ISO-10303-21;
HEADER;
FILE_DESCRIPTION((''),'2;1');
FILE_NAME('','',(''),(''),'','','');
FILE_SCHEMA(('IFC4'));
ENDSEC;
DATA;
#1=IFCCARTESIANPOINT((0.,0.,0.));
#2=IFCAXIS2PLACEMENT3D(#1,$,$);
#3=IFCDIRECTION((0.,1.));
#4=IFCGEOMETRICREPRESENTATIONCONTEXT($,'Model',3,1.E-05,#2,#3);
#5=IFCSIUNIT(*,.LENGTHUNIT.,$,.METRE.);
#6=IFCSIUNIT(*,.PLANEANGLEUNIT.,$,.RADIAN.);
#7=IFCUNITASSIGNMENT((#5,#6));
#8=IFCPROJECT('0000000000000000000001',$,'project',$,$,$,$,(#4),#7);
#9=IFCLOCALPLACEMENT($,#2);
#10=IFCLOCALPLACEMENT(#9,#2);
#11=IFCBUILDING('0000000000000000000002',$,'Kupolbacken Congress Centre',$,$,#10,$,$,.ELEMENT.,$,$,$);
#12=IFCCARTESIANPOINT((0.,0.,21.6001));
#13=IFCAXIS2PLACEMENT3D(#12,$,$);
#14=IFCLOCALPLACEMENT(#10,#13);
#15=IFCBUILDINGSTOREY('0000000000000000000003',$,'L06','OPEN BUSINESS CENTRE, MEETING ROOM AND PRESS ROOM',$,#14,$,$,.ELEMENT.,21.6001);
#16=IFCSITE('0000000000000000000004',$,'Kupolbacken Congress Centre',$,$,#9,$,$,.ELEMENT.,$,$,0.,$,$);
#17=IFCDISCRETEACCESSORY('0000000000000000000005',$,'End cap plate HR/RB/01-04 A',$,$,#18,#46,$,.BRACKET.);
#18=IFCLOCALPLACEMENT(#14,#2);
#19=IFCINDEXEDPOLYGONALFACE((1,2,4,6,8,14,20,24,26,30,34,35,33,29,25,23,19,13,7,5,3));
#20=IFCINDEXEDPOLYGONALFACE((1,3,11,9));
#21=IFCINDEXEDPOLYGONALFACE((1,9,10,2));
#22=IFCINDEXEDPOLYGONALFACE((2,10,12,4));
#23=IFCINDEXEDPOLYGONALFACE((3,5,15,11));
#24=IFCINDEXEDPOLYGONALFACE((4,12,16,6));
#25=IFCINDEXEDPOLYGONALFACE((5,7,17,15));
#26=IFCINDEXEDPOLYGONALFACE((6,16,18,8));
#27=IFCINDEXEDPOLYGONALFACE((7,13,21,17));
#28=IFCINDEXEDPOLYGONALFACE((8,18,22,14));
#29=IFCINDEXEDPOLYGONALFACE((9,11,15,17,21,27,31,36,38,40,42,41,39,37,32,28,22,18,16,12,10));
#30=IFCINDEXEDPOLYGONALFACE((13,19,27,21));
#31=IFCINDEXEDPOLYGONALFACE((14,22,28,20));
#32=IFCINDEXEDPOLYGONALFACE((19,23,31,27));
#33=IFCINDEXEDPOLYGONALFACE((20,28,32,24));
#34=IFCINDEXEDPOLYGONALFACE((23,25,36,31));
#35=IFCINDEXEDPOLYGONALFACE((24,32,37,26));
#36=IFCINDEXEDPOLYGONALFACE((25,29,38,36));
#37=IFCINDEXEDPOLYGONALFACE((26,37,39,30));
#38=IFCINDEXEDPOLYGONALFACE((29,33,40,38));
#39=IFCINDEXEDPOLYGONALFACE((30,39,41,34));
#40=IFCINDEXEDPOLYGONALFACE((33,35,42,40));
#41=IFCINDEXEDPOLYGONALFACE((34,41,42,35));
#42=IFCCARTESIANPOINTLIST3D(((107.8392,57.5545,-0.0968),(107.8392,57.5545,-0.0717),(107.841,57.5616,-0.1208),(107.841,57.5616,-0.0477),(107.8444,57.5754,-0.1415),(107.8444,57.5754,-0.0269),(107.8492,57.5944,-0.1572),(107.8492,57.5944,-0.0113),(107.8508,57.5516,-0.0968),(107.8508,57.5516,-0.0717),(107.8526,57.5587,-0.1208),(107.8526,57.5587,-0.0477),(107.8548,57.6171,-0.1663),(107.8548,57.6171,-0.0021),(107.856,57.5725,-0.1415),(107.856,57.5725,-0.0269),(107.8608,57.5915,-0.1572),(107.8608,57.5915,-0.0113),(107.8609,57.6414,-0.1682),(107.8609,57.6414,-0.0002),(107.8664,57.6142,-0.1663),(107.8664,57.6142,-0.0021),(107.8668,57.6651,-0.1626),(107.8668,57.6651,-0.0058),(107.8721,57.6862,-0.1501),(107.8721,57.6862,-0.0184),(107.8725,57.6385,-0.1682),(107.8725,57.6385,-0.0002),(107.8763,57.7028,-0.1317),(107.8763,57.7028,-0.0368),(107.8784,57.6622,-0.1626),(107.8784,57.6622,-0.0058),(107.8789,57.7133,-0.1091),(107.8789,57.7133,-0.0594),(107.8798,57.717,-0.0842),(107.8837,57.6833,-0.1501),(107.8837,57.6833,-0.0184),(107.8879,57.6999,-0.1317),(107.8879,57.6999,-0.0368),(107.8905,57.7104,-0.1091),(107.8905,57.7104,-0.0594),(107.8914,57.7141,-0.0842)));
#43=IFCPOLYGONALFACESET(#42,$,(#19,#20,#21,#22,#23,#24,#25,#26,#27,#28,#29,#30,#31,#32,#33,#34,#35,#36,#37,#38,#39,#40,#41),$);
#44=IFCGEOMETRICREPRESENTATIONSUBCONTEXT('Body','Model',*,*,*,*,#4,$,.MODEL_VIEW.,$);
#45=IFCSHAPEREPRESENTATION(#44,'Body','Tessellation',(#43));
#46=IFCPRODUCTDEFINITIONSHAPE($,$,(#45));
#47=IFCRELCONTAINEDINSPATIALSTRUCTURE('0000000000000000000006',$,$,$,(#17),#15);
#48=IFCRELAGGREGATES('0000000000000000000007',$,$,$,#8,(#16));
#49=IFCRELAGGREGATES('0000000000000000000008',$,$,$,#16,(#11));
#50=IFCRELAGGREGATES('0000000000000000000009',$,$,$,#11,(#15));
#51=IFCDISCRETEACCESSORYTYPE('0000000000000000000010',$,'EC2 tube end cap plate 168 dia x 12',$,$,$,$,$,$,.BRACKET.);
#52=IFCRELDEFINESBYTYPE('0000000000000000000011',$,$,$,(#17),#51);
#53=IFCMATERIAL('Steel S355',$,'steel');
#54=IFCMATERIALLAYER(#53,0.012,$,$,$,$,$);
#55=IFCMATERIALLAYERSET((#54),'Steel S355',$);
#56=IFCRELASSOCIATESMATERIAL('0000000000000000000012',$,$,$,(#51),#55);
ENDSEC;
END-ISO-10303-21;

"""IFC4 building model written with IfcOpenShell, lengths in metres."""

from ifc_helpers import new_model, si_unit, direction, frame, origin, origin_2d, place, context, subcontext, project, spatial, circle, extrude, material, layer, layer_set, type_object, element, save


model = new_model("IFC4")

# Units and contexts
model_context = context("Model", 3, precision=1e-05, world=origin(), true_north=direction((0.0, 1.0)))
body_context = subcontext(model_context, "Body", "Model", "MODEL_VIEW")
ifc_project = project(units=[si_unit("LENGTHUNIT", "METRE"), si_unit("PLANEANGLEUNIT", "RADIAN")], contexts=[model_context])

# Site, building, storey
site_placement = place(None, origin())
site = spatial("IfcSite", under=ifc_project, at=site_placement, Name="Kupolbacken Congress Centre", CompositionType="ELEMENT", RefElevation=0.0)
building_placement = place(site_placement, origin())
building = spatial("IfcBuilding", under=site, at=building_placement, Name="Kupolbacken Congress Centre", CompositionType="ELEMENT")
storey_placement = place(building_placement, frame((0.0, 0.0, 21.6001)))
storey = spatial("IfcBuildingStorey", under=building, at=storey_placement, Name="L06", Description="OPEN BUSINESS CENTRE, MEETING ROOM AND PRESS ROOM", CompositionType="ELEMENT", Elevation=21.6001)

# Discrete accessory
ifc_material_1 = material(Name="Steel S355", Category="steel")
ifc_layer_1 = layer(ifc_material_1, 0.012)
ifc_layer_set_1 = layer_set([ifc_layer_1], Name="Steel S355")
discrete_accessory_type = type_object("IfcDiscreteAccessoryType", Name="EC2 tube end cap plate 168 dia x 12", PredefinedType="BRACKET", material=ifc_layer_set_1)
for number, where, z_axis, x_axis, name in (
    (1, (107.8594, 57.6353, -0.0842), (0.970143, -0.242536, 0.0), (0.242536, 0.970143, 0.0), "End cap plate HR/RB/01-04 A"),
):
    element("IfcDiscreteAccessory", number, at=place(storey_placement, frame(where, z_axis=z_axis, x_axis=x_axis)), inside=storey, type_object=discrete_accessory_type, Name=name, PredefinedType="BRACKET", context=body_context, shape_type="SweptSolid", body=[
        extrude(circle(Radius=0.0842, at=origin_2d()), origin(), (0.0, 0.0, 1.0), 0.012),
    ])

save(model, "model.ifc")
